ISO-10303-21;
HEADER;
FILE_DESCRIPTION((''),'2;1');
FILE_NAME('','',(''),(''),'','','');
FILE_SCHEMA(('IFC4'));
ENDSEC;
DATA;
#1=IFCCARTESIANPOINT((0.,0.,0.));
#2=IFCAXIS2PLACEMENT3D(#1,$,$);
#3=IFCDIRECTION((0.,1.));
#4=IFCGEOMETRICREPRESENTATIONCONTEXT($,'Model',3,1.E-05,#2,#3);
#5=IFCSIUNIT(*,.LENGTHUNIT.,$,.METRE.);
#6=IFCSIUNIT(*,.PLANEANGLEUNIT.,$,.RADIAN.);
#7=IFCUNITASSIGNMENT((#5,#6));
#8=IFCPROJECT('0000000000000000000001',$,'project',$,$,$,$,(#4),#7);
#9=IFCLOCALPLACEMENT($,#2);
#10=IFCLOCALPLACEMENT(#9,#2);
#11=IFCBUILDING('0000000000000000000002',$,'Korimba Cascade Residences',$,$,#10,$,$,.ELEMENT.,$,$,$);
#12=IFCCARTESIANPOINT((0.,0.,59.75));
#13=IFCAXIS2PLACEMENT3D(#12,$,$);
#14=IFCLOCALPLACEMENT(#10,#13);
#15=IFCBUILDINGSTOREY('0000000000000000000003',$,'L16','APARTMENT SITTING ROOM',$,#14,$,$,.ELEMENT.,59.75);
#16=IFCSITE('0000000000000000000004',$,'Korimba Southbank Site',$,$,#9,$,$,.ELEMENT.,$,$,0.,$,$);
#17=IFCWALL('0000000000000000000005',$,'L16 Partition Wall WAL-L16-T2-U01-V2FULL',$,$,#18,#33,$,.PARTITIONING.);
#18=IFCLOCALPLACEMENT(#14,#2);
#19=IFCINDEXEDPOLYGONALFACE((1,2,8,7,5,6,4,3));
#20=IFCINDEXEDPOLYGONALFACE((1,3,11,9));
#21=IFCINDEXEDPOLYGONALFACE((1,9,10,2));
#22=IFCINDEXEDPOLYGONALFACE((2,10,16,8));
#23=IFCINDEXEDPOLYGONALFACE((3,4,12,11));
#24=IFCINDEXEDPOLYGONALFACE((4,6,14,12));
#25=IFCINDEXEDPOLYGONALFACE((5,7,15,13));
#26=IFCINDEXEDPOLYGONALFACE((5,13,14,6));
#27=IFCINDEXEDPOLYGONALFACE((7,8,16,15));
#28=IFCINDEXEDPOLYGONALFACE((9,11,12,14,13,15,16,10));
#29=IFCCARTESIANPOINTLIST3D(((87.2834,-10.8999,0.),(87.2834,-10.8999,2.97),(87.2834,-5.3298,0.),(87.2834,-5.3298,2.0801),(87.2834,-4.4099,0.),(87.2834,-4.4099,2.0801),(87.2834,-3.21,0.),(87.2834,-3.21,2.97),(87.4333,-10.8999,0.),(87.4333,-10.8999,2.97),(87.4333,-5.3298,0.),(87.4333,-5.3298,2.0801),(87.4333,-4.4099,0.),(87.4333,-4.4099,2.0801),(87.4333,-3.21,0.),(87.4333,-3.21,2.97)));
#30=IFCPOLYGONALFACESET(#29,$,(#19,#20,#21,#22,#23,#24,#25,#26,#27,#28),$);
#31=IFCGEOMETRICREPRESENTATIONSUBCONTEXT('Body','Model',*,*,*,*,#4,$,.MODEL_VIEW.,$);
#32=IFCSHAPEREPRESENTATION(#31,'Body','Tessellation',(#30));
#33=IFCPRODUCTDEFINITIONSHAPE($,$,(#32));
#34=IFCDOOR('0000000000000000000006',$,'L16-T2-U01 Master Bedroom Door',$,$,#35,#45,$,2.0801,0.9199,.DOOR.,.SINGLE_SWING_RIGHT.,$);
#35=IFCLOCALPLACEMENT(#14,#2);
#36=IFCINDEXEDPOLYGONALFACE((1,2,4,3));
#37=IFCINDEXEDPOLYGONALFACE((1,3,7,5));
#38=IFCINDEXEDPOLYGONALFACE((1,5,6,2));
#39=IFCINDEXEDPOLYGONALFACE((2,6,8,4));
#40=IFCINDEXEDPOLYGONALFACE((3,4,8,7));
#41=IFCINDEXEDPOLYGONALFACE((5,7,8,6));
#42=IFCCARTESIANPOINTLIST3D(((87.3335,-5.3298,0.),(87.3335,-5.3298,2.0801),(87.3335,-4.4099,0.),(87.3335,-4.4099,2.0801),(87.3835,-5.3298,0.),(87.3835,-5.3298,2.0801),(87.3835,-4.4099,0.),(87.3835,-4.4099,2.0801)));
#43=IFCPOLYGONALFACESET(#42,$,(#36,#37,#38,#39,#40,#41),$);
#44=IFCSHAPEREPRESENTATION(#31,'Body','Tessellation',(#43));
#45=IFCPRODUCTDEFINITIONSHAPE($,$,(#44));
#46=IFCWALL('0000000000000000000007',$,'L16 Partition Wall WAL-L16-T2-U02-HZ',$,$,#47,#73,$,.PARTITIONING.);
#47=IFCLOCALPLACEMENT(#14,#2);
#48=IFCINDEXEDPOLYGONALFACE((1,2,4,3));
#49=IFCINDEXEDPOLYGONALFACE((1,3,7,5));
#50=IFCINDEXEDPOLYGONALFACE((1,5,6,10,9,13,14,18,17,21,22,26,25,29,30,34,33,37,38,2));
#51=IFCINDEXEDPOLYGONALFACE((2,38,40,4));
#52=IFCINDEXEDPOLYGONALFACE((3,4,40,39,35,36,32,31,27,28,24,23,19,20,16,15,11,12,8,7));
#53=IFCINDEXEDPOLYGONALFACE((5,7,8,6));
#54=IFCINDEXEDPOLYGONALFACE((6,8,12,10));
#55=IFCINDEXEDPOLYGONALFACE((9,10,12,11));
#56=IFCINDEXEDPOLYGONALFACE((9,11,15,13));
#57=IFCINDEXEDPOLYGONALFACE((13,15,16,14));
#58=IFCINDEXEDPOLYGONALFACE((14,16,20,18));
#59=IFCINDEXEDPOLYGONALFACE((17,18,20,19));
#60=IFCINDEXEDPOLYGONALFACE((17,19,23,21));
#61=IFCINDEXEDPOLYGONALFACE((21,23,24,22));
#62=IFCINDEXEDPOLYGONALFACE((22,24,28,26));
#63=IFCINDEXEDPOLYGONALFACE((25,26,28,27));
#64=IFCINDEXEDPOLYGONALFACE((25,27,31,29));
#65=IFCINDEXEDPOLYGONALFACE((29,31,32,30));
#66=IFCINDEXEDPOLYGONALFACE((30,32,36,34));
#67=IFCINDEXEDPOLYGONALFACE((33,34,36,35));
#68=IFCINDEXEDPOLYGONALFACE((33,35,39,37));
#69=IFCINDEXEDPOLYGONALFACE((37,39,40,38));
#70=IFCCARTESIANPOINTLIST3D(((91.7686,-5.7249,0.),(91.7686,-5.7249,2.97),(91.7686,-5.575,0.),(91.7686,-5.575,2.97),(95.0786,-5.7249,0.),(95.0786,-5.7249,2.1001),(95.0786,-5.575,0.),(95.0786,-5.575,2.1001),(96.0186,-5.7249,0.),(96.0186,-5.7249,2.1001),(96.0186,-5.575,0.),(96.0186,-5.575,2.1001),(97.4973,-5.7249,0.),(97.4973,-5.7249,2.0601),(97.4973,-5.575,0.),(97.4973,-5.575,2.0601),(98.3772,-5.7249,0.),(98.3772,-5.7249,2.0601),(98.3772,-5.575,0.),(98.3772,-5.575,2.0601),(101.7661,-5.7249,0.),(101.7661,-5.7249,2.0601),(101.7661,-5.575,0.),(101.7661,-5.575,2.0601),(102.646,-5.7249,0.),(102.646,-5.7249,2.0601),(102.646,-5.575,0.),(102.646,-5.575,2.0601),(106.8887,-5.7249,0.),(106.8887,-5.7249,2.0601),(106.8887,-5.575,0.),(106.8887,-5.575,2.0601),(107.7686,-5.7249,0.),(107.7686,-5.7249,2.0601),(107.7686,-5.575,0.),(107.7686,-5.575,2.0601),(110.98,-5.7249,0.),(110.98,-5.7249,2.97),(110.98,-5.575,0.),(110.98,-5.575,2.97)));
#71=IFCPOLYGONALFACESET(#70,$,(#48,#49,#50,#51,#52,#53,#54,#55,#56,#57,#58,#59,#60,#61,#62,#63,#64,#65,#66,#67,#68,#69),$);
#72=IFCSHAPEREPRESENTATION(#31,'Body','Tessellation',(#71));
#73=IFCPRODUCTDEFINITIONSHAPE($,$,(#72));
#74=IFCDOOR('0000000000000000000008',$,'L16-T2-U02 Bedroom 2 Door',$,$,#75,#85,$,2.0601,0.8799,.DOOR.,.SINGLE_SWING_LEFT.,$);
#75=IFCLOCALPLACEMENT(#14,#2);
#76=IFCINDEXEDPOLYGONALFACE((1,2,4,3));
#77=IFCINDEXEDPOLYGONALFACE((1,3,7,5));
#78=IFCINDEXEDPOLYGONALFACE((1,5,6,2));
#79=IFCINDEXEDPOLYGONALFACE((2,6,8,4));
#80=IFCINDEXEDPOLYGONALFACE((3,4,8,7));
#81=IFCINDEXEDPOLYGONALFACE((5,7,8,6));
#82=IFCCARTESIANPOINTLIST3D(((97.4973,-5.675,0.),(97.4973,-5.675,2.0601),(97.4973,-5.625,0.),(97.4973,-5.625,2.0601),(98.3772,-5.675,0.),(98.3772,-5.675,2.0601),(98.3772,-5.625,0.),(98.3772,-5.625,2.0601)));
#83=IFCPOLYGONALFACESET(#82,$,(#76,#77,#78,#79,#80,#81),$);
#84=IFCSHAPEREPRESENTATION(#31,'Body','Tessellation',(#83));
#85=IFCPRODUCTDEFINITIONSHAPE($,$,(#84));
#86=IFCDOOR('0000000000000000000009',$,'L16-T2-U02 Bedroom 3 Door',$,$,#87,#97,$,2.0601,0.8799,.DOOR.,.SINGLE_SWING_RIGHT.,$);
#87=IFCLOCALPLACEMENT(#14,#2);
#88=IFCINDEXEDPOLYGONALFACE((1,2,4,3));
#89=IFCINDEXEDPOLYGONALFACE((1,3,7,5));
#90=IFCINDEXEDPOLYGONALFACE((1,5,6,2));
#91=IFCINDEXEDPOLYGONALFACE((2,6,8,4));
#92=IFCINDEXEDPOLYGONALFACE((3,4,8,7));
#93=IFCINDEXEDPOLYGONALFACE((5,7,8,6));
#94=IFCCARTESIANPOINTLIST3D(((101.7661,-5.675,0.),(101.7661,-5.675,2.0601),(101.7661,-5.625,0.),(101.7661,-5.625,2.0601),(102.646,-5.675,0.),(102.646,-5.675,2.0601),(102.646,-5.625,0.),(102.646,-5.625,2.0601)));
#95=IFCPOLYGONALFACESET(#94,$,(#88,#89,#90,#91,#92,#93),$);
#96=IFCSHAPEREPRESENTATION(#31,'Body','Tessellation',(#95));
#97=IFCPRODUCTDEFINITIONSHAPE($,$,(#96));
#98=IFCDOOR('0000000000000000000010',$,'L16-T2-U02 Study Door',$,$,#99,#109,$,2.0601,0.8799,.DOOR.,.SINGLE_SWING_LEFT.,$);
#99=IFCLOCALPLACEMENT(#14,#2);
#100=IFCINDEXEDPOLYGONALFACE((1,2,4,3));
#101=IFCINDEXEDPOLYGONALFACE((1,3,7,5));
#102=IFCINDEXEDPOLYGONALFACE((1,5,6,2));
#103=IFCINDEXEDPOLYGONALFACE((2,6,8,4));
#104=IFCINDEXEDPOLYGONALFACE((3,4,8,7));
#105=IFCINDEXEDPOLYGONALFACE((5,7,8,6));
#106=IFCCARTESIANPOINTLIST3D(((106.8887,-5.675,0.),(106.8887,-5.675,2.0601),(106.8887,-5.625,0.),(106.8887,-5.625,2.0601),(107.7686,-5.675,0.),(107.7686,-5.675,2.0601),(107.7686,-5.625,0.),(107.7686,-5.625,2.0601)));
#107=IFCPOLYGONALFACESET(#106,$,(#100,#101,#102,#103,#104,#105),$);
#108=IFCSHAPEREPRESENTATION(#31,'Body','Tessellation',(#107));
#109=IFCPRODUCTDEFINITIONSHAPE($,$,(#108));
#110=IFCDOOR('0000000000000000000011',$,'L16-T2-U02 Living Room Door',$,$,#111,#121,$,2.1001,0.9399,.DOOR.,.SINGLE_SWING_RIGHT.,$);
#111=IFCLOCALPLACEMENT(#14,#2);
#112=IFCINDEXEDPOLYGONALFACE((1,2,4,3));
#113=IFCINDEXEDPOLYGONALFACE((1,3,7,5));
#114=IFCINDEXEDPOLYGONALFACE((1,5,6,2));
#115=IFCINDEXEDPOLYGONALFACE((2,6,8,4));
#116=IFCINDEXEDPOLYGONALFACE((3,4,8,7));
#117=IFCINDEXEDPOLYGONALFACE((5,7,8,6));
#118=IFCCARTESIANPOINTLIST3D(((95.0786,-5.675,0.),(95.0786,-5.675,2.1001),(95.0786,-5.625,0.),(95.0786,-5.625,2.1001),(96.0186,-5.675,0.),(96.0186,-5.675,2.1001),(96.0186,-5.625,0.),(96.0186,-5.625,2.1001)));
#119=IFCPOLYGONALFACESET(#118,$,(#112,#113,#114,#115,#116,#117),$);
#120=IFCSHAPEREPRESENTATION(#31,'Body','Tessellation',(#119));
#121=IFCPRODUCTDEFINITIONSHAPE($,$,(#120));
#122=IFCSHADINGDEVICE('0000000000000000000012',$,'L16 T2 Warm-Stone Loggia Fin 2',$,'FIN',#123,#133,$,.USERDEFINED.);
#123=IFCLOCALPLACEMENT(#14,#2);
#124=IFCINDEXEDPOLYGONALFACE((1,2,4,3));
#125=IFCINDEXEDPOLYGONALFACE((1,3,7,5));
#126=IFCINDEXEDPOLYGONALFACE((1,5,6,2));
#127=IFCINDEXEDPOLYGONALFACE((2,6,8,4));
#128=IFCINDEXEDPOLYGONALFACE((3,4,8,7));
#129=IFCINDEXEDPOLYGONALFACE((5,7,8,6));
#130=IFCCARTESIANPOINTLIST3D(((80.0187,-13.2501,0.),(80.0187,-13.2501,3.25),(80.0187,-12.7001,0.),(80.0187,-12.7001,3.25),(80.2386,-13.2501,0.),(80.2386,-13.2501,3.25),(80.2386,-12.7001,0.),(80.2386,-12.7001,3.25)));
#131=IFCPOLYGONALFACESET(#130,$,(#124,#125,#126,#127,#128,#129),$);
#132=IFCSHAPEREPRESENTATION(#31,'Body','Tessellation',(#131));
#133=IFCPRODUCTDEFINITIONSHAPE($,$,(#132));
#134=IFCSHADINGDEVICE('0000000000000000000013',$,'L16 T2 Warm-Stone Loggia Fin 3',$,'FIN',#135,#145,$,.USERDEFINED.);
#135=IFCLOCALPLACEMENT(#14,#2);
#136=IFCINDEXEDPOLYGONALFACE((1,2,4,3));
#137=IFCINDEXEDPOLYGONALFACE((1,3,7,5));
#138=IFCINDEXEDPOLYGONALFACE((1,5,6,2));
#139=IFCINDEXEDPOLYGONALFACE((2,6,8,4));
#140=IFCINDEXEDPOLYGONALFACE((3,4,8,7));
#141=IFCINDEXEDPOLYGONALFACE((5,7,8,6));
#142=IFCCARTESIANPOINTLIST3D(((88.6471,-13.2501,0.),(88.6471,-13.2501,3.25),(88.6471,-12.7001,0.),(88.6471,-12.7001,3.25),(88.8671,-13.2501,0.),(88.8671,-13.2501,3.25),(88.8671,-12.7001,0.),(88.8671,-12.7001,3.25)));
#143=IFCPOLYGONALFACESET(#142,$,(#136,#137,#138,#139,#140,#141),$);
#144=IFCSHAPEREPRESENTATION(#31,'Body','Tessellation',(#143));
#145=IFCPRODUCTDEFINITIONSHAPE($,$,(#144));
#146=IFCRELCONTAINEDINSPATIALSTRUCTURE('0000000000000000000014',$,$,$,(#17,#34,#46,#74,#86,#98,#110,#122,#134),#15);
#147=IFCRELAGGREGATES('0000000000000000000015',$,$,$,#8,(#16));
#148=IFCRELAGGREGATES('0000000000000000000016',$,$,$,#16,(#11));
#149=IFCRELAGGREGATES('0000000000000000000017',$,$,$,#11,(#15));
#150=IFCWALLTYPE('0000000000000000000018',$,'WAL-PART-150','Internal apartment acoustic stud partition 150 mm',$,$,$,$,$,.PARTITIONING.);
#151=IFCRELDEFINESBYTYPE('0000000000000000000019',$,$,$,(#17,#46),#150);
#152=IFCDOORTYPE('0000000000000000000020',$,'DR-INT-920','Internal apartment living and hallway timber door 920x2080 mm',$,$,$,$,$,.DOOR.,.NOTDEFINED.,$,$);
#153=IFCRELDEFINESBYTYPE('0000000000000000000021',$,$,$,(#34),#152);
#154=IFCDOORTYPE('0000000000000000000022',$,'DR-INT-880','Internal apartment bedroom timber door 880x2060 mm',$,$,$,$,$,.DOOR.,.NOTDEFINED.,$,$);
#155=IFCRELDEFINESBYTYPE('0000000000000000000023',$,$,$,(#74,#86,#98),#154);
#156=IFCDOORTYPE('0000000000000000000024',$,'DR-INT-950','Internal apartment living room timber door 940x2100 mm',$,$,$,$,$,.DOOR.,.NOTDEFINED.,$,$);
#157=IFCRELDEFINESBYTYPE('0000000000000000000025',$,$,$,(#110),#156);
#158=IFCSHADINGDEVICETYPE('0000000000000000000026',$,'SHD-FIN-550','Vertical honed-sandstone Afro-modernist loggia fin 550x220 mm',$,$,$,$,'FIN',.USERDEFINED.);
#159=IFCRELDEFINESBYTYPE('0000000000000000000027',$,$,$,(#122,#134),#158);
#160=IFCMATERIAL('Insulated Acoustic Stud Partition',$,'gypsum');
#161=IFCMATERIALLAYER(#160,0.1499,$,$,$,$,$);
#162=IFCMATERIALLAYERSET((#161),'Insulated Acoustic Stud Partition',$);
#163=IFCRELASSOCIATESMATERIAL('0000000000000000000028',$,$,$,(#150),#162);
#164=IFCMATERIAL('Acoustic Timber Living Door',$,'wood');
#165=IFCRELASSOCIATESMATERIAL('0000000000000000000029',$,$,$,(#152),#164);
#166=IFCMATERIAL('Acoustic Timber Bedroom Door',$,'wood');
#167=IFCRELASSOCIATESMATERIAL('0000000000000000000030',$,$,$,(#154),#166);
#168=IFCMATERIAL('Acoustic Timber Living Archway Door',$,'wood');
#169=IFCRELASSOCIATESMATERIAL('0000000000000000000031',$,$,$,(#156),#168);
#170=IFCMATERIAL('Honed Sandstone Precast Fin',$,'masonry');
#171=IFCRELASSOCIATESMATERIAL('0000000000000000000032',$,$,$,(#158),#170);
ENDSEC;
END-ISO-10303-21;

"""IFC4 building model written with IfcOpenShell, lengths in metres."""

from ifc_helpers import new_model, si_unit, direction, frame, frame_2d, origin, origin_2d, place, context, subcontext, project, spatial, rectangle, extrude, material, layer, layer_set, type_object, element, fill, save


model = new_model("IFC4")

# Units and contexts
model_context = context("Model", 3, precision=1e-05, world=origin(), true_north=direction((0.0, 1.0)))
body_context = subcontext(model_context, "Body", "Model", "MODEL_VIEW")
ifc_project = project(units=[si_unit("LENGTHUNIT", "METRE"), si_unit("PLANEANGLEUNIT", "RADIAN")], contexts=[model_context])

# Site, building, storey
site_placement = place(None, origin())
site = spatial("IfcSite", under=ifc_project, at=site_placement, Name="Korimba Southbank Site", CompositionType="ELEMENT", RefElevation=0.0)
building_placement = place(site_placement, origin())
building = spatial("IfcBuilding", under=site, at=building_placement, Name="Korimba Cascade Residences", CompositionType="ELEMENT")
storey_placement = place(building_placement, frame((0.0, 0.0, 59.75)))
storey = spatial("IfcBuildingStorey", under=building, at=storey_placement, Name="L16", Description="APARTMENT SITTING ROOM", CompositionType="ELEMENT", Elevation=59.75)

# Shared definitions
ifc_material_1 = material(Name="Insulated Acoustic Stud Partition", Category="gypsum")
ifc_layer_1 = layer(ifc_material_1, 0.1499)
ifc_layer_set_1 = layer_set([ifc_layer_1], Name="Insulated Acoustic Stud Partition")
wall_type_1 = type_object("IfcWallType", Name="WAL-PART-150", Description="Internal apartment acoustic stud partition 150 mm", PredefinedType="PARTITIONING", material=ifc_layer_set_1)

# Wall, opening, door
wall_1_placement = place(storey_placement, frame((87.3584, -10.8999, 0.0), z_axis=(0.0, 0.0, 1.0), x_axis=(0.0, 1.0, 0.0)))
wall_1 = element("IfcWall", 1, at=wall_1_placement, inside=storey, type_object=wall_type_1, Name="L16 Partition Wall WAL-L16-T2-U01-V2FULL", PredefinedType="PARTITIONING", context=body_context, shape_type="SweptSolid", body=[
    extrude(rectangle(XDim=7.6899, YDim=0.1499, at=frame_2d((3.845, 0.0))), origin(), (0.0, 0.0, 1.0), 2.97),
])
opening_1_placement = place(wall_1_placement, frame((5.5701, 0.0, 0.0)))
opening_1 = element("IfcOpeningElement", 2, at=opening_1_placement, cuts=wall_1, PredefinedType="OPENING", context=body_context, shape_type="SweptSolid", body=[
    extrude(rectangle(XDim=0.9199, YDim=2.0801, at=frame_2d((0.46, 1.04))), frame((0.0, 0.085, 0.0), z_axis=(0.0, -1.0, 0.0), x_axis=(1.0, 0.0, 0.0)), (0.0, 0.0, 1.0), 0.1699),
])
ifc_material_2 = material(Name="Acoustic Timber Living Door", Category="wood")
door_type_1 = type_object("IfcDoorType", Name="DR-INT-920", Description="Internal apartment living and hallway timber door 920x2080 mm", OperationType="NOTDEFINED", PredefinedType="DOOR", material=ifc_material_2)
door_1_placement = place(opening_1_placement, origin())
door_1 = element("IfcDoor", 3, at=door_1_placement, inside=storey, type_object=door_type_1, Name="L16-T2-U01 Master Bedroom Door", OperationType="SINGLE_SWING_RIGHT", OverallHeight=2.0801, OverallWidth=0.9199, PredefinedType="DOOR", context=body_context, shape_type="SweptSolid", body=[
    extrude(rectangle(XDim=0.9199, YDim=2.0801, at=frame_2d((0.46, 1.04))), frame((0.0, 0.0249, 0.0), z_axis=(0.0, -1.0, 0.0), x_axis=(1.0, 0.0, 0.0)), (0.0, 0.0, 1.0), 0.05),
])
fill(opening_1, door_1)

# Wall, openings, doors
wall_2_placement = place(storey_placement, frame((91.7686, -5.6499, 0.0), z_axis=(0.0, 0.0, 1.0), x_axis=(1.0, 0.0, 0.0)))
wall_2 = element("IfcWall", 4, at=wall_2_placement, inside=storey, type_object=wall_type_1, Name="L16 Partition Wall WAL-L16-T2-U02-HZ", PredefinedType="PARTITIONING", context=body_context, shape_type="SweptSolid", body=[
    extrude(rectangle(XDim=19.2114, YDim=0.1499, at=frame_2d((9.6057, 0.0))), origin(), (0.0, 0.0, 1.0), 2.97),
])
opening_2_placement = place(wall_2_placement, frame((3.3101, 0.0, 0.0)))
opening_2 = element("IfcOpeningElement", 5, at=opening_2_placement, cuts=wall_2, PredefinedType="OPENING", context=body_context, shape_type="SweptSolid", body=[
    extrude(rectangle(XDim=0.9399, YDim=2.1001, at=frame_2d((0.47, 1.05))), frame((0.0, 0.085, 0.0), z_axis=(0.0, -1.0, 0.0), x_axis=(1.0, 0.0, 0.0)), (0.0, 0.0, 1.0), 0.1699),
])
opening_3_placement = place(wall_2_placement, frame((5.7288, 0.0, 0.0)))
opening_3 = element("IfcOpeningElement", 6, at=opening_3_placement, cuts=wall_2, PredefinedType="OPENING", context=body_context, shape_type="SweptSolid", body=[
    extrude(rectangle(XDim=0.8799, YDim=2.0601, at=frame_2d((0.4399, 1.03))), frame((0.0, 0.085, 0.0), z_axis=(0.0, -1.0, 0.0), x_axis=(1.0, 0.0, 0.0)), (0.0, 0.0, 1.0), 0.1699),
])
opening_4_placement = place(wall_2_placement, frame((9.9976, 0.0, 0.0)))
opening_4 = element("IfcOpeningElement", 7, at=opening_4_placement, cuts=wall_2, PredefinedType="OPENING", context=body_context, shape_type="SweptSolid", body=[
    extrude(rectangle(XDim=0.8799, YDim=2.0601, at=frame_2d((0.4399, 1.03))), frame((0.0, 0.085, 0.0), z_axis=(0.0, -1.0, 0.0), x_axis=(1.0, 0.0, 0.0)), (0.0, 0.0, 1.0), 0.1699),
])
opening_5_placement = place(wall_2_placement, frame((15.1201, 0.0, 0.0)))
opening_5 = element("IfcOpeningElement", 8, at=opening_5_placement, cuts=wall_2, PredefinedType="OPENING", context=body_context, shape_type="SweptSolid", body=[
    extrude(rectangle(XDim=0.8799, YDim=2.0601, at=frame_2d((0.4399, 1.03))), frame((0.0, 0.085, 0.0), z_axis=(0.0, -1.0, 0.0), x_axis=(1.0, 0.0, 0.0)), (0.0, 0.0, 1.0), 0.1699),
])
ifc_material_3 = material(Name="Acoustic Timber Bedroom Door", Category="wood")
door_type_2 = type_object("IfcDoorType", Name="DR-INT-880", Description="Internal apartment bedroom timber door 880x2060 mm", OperationType="NOTDEFINED", PredefinedType="DOOR", material=ifc_material_3)
door_2_placement = place(opening_3_placement, origin())
door_2 = element("IfcDoor", 9, at=door_2_placement, inside=storey, type_object=door_type_2, Name="L16-T2-U02 Bedroom 2 Door", OperationType="SINGLE_SWING_LEFT", OverallHeight=2.0601, OverallWidth=0.8799, PredefinedType="DOOR", context=body_context, shape_type="SweptSolid", body=[
    extrude(rectangle(XDim=0.8799, YDim=2.0601, at=frame_2d((0.4399, 1.03))), frame((0.0, 0.0249, 0.0), z_axis=(0.0, -1.0, 0.0), x_axis=(1.0, 0.0, 0.0)), (0.0, 0.0, 1.0), 0.05),
])
fill(opening_3, door_2)
door_3_placement = place(opening_4_placement, origin())
door_3 = element("IfcDoor", 10, at=door_3_placement, inside=storey, type_object=door_type_2, Name="L16-T2-U02 Bedroom 3 Door", OperationType="SINGLE_SWING_RIGHT", OverallHeight=2.0601, OverallWidth=0.8799, PredefinedType="DOOR", context=body_context, shape_type="SweptSolid", body=[
    extrude(rectangle(XDim=0.8799, YDim=2.0601, at=frame_2d((0.4399, 1.03))), frame((0.0, 0.0249, 0.0), z_axis=(0.0, -1.0, 0.0), x_axis=(1.0, 0.0, 0.0)), (0.0, 0.0, 1.0), 0.05),
])
fill(opening_4, door_3)
door_4_placement = place(opening_5_placement, origin())
door_4 = element("IfcDoor", 11, at=door_4_placement, inside=storey, type_object=door_type_2, Name="L16-T2-U02 Study Door", OperationType="SINGLE_SWING_LEFT", OverallHeight=2.0601, OverallWidth=0.8799, PredefinedType="DOOR", context=body_context, shape_type="SweptSolid", body=[
    extrude(rectangle(XDim=0.8799, YDim=2.0601, at=frame_2d((0.4399, 1.03))), frame((0.0, 0.0249, 0.0), z_axis=(0.0, -1.0, 0.0), x_axis=(1.0, 0.0, 0.0)), (0.0, 0.0, 1.0), 0.05),
])
fill(opening_5, door_4)
ifc_material_4 = material(Name="Acoustic Timber Living Archway Door", Category="wood")
door_type_3 = type_object("IfcDoorType", Name="DR-INT-950", Description="Internal apartment living room timber door 940x2100 mm", OperationType="NOTDEFINED", PredefinedType="DOOR", material=ifc_material_4)
door_5_placement = place(opening_2_placement, origin())
door_5 = element("IfcDoor", 12, at=door_5_placement, inside=storey, type_object=door_type_3, Name="L16-T2-U02 Living Room Door", OperationType="SINGLE_SWING_RIGHT", OverallHeight=2.1001, OverallWidth=0.9399, PredefinedType="DOOR", context=body_context, shape_type="SweptSolid", body=[
    extrude(rectangle(XDim=0.9399, YDim=2.1001, at=frame_2d((0.47, 1.05))), frame((0.0, 0.0249, 0.0), z_axis=(0.0, -1.0, 0.0), x_axis=(1.0, 0.0, 0.0)), (0.0, 0.0, 1.0), 0.05),
])
fill(opening_2, door_5)

# Shading devices
ifc_material_5 = material(Name="Honed Sandstone Precast Fin", Category="masonry")
shading_device_type = type_object("IfcShadingDeviceType", Name="SHD-FIN-550", Description="Vertical honed-sandstone Afro-modernist loggia fin 550x220 mm", ElementType="FIN", PredefinedType="USERDEFINED", material=ifc_material_5)
for number, where, z_axis, x_axis, name in (
    (13, (80.1287, -12.9751, 0.0), (0.0, 0.0, 1.0), (1.0, 0.0, 0.0), "L16 T2 Warm-Stone Loggia Fin 2"),
    (14, (88.7571, -12.9751, 0.0), (0.0, 0.0, 1.0), (1.0, 0.0, 0.0), "L16 T2 Warm-Stone Loggia Fin 3"),
):
    element("IfcShadingDevice", number, at=place(storey_placement, frame(where, z_axis=z_axis, x_axis=x_axis)), inside=storey, type_object=shading_device_type, Name=name, ObjectType="FIN", PredefinedType="USERDEFINED", context=body_context, shape_type="SweptSolid", body=[
        extrude(rectangle(XDim=0.22, YDim=0.55, at=origin_2d()), origin(), (0.0, 0.0, 1.0), 3.25),
    ])

save(model, "model.ifc")
